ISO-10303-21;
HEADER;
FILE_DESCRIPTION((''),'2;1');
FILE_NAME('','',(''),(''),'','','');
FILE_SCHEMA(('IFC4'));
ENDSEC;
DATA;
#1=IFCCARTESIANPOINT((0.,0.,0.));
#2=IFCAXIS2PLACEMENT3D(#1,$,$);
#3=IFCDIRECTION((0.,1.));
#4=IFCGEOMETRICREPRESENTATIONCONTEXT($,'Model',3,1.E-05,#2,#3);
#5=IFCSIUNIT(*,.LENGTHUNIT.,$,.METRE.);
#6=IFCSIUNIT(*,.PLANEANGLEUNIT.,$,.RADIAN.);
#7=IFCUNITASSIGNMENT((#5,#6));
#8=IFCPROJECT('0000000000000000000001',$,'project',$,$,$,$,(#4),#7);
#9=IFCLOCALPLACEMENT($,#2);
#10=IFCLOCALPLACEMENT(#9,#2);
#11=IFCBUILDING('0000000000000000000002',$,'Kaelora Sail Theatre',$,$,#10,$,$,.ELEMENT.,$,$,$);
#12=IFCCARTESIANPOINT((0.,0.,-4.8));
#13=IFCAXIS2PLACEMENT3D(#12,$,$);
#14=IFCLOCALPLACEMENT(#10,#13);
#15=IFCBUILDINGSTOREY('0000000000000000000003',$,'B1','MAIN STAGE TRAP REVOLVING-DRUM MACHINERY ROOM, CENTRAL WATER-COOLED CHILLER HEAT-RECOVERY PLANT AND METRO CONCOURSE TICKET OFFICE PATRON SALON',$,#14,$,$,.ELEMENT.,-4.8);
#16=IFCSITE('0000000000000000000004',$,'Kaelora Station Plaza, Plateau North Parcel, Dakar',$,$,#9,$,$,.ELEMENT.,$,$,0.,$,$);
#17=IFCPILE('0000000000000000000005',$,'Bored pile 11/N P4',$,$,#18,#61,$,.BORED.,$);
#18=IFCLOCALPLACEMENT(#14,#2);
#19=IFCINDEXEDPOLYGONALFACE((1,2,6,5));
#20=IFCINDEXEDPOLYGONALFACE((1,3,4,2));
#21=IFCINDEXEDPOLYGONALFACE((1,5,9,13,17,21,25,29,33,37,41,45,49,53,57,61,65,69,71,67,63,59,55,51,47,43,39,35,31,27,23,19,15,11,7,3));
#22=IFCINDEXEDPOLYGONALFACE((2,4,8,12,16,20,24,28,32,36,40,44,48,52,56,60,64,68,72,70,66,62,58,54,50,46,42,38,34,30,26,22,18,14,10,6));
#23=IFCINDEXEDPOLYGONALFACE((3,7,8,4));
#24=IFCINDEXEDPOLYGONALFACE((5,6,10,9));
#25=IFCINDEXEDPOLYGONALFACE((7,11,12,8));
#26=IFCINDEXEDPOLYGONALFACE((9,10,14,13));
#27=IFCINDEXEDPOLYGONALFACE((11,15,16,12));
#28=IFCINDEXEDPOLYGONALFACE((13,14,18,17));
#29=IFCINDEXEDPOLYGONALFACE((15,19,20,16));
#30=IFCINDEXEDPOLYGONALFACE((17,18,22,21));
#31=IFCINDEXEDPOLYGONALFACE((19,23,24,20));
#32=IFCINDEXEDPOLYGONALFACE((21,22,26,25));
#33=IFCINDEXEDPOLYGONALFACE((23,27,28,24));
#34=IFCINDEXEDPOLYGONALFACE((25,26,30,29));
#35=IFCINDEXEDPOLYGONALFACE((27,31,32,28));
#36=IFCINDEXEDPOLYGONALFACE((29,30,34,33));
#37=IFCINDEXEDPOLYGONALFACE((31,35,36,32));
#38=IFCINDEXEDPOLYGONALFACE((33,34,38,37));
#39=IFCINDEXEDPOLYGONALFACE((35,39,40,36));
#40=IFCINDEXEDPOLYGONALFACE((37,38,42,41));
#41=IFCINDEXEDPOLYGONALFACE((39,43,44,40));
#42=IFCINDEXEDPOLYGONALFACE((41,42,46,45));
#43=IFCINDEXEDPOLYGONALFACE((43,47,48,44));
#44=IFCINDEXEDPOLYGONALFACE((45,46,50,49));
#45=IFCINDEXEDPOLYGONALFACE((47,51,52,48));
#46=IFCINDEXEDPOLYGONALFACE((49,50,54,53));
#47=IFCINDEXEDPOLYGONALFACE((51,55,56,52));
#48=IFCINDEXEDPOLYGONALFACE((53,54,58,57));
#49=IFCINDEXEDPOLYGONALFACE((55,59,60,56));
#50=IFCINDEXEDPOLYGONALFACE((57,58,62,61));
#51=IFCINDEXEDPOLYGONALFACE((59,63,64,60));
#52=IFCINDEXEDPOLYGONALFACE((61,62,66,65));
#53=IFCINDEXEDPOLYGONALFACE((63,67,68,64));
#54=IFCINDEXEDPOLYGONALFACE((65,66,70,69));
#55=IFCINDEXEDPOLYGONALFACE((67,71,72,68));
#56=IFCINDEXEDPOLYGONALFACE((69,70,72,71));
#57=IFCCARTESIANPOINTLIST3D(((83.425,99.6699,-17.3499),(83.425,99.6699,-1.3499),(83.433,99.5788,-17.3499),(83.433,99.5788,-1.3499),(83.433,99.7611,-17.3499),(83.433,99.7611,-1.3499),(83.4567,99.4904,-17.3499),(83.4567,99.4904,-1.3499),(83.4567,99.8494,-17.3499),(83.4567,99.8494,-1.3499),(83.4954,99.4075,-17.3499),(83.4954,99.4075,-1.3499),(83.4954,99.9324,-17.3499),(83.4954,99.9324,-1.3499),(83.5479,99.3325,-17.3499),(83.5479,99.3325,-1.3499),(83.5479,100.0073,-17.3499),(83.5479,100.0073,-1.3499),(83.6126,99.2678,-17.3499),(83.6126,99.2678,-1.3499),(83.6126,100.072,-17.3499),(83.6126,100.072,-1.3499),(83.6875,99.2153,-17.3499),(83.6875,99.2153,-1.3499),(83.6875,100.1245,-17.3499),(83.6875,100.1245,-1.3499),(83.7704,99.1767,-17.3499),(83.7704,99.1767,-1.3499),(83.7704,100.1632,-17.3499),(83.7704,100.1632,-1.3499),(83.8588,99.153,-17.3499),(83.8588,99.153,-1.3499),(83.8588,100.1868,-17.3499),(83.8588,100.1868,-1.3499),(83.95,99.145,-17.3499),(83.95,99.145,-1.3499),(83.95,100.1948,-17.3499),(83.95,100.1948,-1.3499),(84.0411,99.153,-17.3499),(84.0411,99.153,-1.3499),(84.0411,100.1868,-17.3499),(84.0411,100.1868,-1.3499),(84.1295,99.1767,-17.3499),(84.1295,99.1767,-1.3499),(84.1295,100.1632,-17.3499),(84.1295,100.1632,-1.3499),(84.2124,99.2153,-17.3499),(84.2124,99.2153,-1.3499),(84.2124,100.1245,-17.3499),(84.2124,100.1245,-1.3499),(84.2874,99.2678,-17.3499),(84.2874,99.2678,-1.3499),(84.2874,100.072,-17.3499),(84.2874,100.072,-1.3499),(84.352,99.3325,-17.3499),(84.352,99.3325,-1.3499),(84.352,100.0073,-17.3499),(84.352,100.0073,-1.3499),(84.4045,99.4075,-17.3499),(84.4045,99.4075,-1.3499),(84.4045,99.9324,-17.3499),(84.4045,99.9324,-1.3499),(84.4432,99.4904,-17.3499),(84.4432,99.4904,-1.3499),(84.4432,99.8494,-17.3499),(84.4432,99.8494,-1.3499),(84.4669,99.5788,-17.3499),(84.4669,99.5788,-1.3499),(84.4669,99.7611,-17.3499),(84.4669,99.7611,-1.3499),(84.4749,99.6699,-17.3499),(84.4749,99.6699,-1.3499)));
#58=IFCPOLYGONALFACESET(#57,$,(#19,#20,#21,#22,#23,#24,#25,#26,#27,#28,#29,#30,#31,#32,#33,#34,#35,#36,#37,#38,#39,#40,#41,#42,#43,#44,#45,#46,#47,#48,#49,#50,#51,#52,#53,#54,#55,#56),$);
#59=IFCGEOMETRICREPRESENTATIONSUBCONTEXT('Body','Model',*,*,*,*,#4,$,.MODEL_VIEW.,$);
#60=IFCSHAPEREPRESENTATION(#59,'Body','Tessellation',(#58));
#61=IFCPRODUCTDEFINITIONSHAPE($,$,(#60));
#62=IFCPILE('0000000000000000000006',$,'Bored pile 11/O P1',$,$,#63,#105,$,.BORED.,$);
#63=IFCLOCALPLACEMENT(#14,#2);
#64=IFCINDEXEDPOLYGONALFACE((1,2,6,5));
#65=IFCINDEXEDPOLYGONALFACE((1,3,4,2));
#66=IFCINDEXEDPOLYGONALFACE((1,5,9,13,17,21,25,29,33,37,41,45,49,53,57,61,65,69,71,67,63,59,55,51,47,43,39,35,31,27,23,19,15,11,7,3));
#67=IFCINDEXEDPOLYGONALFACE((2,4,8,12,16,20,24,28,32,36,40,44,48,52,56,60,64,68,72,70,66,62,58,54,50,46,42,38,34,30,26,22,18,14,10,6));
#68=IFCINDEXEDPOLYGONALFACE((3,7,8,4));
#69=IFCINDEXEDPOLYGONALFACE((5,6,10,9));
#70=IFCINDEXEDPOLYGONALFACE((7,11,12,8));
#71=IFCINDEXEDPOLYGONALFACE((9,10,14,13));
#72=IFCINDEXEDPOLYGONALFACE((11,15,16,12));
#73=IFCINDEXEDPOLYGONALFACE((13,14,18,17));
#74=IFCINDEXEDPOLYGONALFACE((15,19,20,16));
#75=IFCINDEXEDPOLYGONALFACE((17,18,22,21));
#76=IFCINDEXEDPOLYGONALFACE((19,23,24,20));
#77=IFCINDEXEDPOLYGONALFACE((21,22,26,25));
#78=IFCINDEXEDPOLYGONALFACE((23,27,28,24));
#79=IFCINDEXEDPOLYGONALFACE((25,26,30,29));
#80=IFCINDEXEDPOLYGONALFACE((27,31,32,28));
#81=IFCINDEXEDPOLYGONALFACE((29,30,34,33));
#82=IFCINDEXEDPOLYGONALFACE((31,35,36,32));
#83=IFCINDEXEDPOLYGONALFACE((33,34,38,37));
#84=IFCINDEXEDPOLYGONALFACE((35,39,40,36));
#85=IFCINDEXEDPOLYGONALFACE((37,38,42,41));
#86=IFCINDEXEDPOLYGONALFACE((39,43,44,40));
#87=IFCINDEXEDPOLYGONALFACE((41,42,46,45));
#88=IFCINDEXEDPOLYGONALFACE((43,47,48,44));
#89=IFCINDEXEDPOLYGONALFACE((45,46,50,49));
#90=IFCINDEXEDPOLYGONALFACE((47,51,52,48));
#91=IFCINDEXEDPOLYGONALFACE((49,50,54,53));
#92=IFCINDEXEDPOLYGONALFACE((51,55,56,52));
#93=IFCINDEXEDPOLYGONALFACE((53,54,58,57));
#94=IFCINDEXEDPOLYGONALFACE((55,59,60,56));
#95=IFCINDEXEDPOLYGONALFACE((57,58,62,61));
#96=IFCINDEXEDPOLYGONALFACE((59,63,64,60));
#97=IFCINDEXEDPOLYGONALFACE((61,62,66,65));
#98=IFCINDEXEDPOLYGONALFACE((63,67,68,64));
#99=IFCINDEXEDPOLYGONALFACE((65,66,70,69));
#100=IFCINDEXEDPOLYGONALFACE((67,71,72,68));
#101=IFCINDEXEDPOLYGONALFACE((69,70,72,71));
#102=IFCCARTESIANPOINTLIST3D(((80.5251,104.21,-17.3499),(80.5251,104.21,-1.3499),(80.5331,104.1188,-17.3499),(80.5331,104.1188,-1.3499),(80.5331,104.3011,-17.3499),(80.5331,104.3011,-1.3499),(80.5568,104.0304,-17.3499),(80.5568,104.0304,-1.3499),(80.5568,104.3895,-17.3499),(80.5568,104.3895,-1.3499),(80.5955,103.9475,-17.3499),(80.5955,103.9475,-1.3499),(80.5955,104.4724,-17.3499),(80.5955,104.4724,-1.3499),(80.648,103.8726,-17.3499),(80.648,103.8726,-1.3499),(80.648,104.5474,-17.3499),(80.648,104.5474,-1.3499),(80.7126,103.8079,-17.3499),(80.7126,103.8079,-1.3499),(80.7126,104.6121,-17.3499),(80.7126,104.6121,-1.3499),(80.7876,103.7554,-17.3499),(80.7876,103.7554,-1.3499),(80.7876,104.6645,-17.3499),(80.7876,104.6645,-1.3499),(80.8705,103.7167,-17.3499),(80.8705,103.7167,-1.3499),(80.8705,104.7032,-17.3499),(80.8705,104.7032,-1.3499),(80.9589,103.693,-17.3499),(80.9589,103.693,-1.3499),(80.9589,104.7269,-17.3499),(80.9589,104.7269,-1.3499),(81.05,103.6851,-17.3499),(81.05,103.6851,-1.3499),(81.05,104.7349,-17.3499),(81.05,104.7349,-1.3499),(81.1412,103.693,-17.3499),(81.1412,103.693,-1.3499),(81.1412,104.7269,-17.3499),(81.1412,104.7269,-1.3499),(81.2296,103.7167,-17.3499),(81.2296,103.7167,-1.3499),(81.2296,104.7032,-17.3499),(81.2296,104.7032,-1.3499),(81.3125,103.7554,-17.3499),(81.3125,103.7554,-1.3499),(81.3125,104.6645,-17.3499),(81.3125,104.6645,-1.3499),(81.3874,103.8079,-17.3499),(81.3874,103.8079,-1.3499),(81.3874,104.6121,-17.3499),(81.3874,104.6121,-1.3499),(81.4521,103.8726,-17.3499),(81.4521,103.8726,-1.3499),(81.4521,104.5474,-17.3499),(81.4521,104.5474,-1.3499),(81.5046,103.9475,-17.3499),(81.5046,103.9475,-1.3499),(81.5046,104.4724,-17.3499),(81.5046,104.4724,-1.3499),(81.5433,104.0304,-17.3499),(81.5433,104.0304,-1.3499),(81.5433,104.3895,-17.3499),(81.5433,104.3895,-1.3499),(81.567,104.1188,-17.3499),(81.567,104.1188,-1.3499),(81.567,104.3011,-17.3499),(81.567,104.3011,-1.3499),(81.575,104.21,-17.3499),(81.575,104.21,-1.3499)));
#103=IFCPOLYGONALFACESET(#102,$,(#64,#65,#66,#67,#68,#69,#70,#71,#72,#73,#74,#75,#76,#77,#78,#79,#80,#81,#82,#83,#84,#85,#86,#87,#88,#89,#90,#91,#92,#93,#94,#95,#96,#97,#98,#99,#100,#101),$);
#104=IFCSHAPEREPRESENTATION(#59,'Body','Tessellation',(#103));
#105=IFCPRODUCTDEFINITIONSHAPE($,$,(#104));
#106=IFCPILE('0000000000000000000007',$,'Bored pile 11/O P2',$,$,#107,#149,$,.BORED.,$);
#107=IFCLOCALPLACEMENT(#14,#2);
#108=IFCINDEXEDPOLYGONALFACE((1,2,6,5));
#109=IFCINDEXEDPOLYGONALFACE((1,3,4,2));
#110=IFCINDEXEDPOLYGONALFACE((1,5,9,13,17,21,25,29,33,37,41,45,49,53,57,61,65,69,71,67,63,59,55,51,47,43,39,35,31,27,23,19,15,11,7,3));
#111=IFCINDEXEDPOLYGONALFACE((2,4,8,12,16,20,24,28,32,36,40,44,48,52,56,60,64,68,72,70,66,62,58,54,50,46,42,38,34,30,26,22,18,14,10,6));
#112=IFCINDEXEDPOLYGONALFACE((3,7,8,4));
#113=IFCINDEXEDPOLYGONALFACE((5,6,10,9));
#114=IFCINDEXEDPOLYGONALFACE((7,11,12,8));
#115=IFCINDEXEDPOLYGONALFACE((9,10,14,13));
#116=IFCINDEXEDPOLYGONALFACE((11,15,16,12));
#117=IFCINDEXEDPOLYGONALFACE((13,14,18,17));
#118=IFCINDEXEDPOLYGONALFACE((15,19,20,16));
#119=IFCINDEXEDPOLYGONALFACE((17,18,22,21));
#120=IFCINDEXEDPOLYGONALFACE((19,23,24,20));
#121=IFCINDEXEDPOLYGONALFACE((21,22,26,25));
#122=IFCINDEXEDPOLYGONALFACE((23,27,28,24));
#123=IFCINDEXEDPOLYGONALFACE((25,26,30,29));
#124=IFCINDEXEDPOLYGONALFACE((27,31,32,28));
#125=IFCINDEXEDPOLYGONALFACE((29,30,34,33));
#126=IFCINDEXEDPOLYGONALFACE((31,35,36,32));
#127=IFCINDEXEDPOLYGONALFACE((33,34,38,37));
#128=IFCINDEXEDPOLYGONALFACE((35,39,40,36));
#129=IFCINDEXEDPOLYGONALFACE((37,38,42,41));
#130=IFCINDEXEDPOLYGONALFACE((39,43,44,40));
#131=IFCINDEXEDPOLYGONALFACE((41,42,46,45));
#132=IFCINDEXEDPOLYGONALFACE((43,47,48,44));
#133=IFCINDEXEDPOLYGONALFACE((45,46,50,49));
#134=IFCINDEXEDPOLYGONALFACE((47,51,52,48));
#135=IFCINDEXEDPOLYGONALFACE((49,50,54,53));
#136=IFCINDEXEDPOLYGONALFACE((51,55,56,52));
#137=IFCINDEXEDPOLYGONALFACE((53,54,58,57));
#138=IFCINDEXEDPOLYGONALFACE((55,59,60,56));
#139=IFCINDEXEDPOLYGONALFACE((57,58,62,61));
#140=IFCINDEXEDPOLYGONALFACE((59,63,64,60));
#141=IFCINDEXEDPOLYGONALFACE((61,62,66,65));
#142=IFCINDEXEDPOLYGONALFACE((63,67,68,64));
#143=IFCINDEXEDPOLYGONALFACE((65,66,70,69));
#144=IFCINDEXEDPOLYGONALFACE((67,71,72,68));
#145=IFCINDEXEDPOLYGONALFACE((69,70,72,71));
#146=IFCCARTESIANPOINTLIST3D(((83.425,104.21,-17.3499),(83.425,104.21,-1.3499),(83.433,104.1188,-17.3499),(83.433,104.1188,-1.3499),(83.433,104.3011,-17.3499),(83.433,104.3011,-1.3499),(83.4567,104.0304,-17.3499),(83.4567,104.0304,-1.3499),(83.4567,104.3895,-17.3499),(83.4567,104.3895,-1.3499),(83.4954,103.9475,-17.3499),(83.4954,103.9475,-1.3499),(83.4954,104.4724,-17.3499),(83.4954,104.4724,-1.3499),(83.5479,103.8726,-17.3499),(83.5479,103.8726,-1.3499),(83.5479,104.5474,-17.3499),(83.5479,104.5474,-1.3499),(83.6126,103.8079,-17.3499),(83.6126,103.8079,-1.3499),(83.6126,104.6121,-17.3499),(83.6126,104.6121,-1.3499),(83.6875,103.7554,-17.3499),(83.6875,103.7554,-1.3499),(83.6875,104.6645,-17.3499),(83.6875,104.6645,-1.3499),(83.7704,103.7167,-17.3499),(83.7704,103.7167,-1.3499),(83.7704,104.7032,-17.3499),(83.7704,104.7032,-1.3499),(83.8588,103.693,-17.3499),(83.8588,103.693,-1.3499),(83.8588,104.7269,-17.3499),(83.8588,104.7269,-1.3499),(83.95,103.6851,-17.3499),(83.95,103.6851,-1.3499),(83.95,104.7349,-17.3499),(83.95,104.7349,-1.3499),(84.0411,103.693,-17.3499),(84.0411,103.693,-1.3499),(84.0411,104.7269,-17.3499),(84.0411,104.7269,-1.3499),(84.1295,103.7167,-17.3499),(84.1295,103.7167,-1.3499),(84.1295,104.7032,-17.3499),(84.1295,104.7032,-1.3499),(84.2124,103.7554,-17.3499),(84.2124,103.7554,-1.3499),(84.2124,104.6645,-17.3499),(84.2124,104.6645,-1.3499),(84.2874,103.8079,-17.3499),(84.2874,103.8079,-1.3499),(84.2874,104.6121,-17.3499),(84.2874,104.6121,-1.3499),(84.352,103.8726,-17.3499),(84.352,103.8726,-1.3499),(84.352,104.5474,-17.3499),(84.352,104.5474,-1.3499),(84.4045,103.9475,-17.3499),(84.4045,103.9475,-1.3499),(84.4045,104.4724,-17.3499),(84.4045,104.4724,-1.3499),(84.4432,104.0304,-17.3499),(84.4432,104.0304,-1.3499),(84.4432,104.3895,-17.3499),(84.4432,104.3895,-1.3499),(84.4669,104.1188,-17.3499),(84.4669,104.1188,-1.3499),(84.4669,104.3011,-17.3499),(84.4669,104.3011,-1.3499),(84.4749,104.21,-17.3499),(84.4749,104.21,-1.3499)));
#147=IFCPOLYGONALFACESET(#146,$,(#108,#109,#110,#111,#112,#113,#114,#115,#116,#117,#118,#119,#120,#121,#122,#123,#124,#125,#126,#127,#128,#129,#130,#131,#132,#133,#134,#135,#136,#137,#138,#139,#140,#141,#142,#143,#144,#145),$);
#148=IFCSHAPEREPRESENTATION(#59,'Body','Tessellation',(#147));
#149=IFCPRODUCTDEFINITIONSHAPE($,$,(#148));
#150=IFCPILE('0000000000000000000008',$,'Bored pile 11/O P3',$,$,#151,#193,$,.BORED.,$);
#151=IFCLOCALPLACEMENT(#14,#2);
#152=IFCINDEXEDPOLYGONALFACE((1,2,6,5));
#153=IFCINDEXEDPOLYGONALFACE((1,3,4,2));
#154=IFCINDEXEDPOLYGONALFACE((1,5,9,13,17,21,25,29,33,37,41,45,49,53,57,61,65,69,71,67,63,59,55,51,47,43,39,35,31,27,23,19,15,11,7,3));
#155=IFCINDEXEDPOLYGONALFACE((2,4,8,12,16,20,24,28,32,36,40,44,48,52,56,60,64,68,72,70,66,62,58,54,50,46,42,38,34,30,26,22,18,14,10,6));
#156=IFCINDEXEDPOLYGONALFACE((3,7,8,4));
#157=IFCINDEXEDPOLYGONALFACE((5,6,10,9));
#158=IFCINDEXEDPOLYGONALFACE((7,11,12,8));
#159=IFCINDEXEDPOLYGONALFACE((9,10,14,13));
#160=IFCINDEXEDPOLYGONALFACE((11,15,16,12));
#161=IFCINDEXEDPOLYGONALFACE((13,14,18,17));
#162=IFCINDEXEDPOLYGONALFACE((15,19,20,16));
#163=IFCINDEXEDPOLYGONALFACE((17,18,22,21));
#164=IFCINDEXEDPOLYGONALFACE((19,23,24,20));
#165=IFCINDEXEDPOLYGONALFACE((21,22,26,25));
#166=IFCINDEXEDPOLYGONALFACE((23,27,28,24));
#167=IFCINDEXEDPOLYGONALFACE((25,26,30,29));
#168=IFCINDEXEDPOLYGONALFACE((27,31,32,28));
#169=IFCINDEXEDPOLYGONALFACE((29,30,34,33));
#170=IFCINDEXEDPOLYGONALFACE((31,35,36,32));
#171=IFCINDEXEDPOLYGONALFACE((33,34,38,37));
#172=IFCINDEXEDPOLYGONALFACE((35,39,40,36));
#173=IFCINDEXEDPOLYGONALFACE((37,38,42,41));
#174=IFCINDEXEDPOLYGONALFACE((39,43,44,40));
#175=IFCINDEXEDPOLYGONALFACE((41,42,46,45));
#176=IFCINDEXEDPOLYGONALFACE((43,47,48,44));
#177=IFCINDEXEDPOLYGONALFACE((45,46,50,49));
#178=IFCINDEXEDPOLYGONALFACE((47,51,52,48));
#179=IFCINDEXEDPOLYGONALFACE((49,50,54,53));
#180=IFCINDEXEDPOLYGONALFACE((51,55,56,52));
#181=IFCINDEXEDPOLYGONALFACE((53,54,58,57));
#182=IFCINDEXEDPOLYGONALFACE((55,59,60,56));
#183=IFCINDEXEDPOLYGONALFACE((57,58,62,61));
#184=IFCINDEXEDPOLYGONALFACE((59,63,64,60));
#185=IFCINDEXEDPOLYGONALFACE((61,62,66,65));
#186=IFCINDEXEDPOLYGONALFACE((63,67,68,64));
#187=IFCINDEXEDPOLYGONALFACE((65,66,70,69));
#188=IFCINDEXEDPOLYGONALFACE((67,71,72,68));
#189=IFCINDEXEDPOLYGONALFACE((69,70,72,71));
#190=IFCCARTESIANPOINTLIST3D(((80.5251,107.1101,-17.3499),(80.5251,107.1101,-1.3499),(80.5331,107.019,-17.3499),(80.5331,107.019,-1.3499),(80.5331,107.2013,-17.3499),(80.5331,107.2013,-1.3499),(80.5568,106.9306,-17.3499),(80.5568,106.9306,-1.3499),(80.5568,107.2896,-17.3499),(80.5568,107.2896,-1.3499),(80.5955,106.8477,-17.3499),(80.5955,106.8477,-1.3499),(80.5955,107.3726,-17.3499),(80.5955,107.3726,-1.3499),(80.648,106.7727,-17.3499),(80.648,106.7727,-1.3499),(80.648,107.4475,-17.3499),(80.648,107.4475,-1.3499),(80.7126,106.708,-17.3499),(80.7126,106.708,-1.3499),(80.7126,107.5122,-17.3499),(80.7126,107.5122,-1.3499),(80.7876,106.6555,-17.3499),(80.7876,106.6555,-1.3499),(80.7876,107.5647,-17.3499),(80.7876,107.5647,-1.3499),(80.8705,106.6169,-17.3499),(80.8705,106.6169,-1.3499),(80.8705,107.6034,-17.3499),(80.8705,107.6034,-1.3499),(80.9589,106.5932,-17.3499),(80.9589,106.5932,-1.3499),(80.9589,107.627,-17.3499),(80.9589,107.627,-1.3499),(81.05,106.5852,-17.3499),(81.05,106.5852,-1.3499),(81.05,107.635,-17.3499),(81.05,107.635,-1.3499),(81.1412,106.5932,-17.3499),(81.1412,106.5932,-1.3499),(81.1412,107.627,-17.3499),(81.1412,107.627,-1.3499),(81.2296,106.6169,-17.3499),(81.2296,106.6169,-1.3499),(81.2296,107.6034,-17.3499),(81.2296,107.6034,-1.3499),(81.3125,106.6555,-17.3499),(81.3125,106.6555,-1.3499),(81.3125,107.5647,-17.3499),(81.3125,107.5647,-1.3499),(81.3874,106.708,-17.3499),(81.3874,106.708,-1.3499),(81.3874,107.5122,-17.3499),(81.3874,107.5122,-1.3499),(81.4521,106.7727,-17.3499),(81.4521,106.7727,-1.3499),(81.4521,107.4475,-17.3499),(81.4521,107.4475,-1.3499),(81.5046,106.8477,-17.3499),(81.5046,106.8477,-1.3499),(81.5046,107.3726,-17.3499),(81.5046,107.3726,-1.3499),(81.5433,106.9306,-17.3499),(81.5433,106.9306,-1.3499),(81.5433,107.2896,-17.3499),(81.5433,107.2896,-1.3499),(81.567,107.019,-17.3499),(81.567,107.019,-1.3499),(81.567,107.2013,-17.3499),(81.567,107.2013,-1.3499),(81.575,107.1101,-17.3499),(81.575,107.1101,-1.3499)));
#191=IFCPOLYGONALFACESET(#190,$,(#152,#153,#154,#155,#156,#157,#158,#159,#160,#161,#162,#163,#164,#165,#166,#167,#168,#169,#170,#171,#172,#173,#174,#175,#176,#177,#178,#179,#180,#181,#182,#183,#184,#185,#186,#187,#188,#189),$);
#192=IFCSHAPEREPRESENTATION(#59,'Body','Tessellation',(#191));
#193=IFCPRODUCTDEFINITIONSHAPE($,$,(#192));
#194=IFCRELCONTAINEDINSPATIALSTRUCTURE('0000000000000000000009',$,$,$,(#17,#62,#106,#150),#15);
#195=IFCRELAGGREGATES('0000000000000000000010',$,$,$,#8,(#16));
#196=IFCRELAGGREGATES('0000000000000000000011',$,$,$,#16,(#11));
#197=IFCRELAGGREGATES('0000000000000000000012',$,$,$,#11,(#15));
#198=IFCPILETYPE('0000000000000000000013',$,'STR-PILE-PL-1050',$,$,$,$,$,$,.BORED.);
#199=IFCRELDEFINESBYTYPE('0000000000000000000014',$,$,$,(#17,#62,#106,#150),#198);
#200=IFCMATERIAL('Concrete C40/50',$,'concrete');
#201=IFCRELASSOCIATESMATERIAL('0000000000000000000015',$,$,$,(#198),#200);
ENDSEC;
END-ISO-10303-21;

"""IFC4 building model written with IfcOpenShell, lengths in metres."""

from ifc_helpers import new_model, si_unit, direction, frame, origin, origin_2d, place, context, subcontext, project, spatial, circle, extrude, material, material_profile, profile_set, type_object, element, save


model = new_model("IFC4")

# Units and contexts
model_context = context("Model", 3, precision=1e-05, world=origin(), true_north=direction((0.0, 1.0)))
body_context = subcontext(model_context, "Body", "Model", "MODEL_VIEW")
ifc_project = project(units=[si_unit("LENGTHUNIT", "METRE"), si_unit("PLANEANGLEUNIT", "RADIAN")], contexts=[model_context])

# Site, building, storey
site_placement = place(None, origin())
site = spatial("IfcSite", under=ifc_project, at=site_placement, Name="Kaelora Station Plaza, Plateau North Parcel, Dakar", CompositionType="ELEMENT", RefElevation=0.0)
building_placement = place(site_placement, origin())
building = spatial("IfcBuilding", under=site, at=building_placement, Name="Kaelora Sail Theatre", CompositionType="ELEMENT")
storey_placement = place(building_placement, frame((0.0, 0.0, -4.8)))
storey = spatial("IfcBuildingStorey", under=building, at=storey_placement, Name="B1", Description="MAIN STAGE TRAP REVOLVING-DRUM MACHINERY ROOM, CENTRAL WATER-COOLED CHILLER HEAT-RECOVERY PLANT AND METRO CONCOURSE TICKET OFFICE PATRON SALON", CompositionType="ELEMENT", Elevation=-4.8)

# Piles
ifc_material_1 = material(Name="Concrete C40/50", Category="concrete")
ifc_material_profile_1 = material_profile(ifc_material_1, circle(Radius=0.5249, at=origin_2d()), Name="PILE D1050")
ifc_profile_set_1 = profile_set([ifc_material_profile_1], Name="Concrete C40/50")
pile_type_1 = type_object("IfcPileType", Name="STR-PILE-PL-1050", PredefinedType="BORED", material=ifc_profile_set_1)
for number, where, z_axis, x_axis, name in (
    (1, (83.95, 99.6699, -1.3499), (0.0, 0.0, -1.0), (1.0, 0.0, 0.0), "Bored pile 11/N P4"),
    (2, (81.05, 104.21, -1.3499), (0.0, 0.0, -1.0), (1.0, 0.0, 0.0), "Bored pile 11/O P1"),
    (3, (83.95, 104.21, -1.3499), (0.0, 0.0, -1.0), (1.0, 0.0, 0.0), "Bored pile 11/O P2"),
    (4, (81.05, 107.1101, -1.3499), (0.0, 0.0, -1.0), (1.0, 0.0, 0.0), "Bored pile 11/O P3"),
):
    element("IfcPile", number, at=place(storey_placement, frame(where, z_axis=z_axis, x_axis=x_axis)), inside=storey, type_object=pile_type_1, Name=name, PredefinedType="BORED", context=body_context, shape_type="SweptSolid", body=[
        extrude(circle(Radius=0.5249, at=origin_2d()), origin(), (0.0, 0.0, 1.0), 16.0),
    ])

save(model, "model.ifc")
